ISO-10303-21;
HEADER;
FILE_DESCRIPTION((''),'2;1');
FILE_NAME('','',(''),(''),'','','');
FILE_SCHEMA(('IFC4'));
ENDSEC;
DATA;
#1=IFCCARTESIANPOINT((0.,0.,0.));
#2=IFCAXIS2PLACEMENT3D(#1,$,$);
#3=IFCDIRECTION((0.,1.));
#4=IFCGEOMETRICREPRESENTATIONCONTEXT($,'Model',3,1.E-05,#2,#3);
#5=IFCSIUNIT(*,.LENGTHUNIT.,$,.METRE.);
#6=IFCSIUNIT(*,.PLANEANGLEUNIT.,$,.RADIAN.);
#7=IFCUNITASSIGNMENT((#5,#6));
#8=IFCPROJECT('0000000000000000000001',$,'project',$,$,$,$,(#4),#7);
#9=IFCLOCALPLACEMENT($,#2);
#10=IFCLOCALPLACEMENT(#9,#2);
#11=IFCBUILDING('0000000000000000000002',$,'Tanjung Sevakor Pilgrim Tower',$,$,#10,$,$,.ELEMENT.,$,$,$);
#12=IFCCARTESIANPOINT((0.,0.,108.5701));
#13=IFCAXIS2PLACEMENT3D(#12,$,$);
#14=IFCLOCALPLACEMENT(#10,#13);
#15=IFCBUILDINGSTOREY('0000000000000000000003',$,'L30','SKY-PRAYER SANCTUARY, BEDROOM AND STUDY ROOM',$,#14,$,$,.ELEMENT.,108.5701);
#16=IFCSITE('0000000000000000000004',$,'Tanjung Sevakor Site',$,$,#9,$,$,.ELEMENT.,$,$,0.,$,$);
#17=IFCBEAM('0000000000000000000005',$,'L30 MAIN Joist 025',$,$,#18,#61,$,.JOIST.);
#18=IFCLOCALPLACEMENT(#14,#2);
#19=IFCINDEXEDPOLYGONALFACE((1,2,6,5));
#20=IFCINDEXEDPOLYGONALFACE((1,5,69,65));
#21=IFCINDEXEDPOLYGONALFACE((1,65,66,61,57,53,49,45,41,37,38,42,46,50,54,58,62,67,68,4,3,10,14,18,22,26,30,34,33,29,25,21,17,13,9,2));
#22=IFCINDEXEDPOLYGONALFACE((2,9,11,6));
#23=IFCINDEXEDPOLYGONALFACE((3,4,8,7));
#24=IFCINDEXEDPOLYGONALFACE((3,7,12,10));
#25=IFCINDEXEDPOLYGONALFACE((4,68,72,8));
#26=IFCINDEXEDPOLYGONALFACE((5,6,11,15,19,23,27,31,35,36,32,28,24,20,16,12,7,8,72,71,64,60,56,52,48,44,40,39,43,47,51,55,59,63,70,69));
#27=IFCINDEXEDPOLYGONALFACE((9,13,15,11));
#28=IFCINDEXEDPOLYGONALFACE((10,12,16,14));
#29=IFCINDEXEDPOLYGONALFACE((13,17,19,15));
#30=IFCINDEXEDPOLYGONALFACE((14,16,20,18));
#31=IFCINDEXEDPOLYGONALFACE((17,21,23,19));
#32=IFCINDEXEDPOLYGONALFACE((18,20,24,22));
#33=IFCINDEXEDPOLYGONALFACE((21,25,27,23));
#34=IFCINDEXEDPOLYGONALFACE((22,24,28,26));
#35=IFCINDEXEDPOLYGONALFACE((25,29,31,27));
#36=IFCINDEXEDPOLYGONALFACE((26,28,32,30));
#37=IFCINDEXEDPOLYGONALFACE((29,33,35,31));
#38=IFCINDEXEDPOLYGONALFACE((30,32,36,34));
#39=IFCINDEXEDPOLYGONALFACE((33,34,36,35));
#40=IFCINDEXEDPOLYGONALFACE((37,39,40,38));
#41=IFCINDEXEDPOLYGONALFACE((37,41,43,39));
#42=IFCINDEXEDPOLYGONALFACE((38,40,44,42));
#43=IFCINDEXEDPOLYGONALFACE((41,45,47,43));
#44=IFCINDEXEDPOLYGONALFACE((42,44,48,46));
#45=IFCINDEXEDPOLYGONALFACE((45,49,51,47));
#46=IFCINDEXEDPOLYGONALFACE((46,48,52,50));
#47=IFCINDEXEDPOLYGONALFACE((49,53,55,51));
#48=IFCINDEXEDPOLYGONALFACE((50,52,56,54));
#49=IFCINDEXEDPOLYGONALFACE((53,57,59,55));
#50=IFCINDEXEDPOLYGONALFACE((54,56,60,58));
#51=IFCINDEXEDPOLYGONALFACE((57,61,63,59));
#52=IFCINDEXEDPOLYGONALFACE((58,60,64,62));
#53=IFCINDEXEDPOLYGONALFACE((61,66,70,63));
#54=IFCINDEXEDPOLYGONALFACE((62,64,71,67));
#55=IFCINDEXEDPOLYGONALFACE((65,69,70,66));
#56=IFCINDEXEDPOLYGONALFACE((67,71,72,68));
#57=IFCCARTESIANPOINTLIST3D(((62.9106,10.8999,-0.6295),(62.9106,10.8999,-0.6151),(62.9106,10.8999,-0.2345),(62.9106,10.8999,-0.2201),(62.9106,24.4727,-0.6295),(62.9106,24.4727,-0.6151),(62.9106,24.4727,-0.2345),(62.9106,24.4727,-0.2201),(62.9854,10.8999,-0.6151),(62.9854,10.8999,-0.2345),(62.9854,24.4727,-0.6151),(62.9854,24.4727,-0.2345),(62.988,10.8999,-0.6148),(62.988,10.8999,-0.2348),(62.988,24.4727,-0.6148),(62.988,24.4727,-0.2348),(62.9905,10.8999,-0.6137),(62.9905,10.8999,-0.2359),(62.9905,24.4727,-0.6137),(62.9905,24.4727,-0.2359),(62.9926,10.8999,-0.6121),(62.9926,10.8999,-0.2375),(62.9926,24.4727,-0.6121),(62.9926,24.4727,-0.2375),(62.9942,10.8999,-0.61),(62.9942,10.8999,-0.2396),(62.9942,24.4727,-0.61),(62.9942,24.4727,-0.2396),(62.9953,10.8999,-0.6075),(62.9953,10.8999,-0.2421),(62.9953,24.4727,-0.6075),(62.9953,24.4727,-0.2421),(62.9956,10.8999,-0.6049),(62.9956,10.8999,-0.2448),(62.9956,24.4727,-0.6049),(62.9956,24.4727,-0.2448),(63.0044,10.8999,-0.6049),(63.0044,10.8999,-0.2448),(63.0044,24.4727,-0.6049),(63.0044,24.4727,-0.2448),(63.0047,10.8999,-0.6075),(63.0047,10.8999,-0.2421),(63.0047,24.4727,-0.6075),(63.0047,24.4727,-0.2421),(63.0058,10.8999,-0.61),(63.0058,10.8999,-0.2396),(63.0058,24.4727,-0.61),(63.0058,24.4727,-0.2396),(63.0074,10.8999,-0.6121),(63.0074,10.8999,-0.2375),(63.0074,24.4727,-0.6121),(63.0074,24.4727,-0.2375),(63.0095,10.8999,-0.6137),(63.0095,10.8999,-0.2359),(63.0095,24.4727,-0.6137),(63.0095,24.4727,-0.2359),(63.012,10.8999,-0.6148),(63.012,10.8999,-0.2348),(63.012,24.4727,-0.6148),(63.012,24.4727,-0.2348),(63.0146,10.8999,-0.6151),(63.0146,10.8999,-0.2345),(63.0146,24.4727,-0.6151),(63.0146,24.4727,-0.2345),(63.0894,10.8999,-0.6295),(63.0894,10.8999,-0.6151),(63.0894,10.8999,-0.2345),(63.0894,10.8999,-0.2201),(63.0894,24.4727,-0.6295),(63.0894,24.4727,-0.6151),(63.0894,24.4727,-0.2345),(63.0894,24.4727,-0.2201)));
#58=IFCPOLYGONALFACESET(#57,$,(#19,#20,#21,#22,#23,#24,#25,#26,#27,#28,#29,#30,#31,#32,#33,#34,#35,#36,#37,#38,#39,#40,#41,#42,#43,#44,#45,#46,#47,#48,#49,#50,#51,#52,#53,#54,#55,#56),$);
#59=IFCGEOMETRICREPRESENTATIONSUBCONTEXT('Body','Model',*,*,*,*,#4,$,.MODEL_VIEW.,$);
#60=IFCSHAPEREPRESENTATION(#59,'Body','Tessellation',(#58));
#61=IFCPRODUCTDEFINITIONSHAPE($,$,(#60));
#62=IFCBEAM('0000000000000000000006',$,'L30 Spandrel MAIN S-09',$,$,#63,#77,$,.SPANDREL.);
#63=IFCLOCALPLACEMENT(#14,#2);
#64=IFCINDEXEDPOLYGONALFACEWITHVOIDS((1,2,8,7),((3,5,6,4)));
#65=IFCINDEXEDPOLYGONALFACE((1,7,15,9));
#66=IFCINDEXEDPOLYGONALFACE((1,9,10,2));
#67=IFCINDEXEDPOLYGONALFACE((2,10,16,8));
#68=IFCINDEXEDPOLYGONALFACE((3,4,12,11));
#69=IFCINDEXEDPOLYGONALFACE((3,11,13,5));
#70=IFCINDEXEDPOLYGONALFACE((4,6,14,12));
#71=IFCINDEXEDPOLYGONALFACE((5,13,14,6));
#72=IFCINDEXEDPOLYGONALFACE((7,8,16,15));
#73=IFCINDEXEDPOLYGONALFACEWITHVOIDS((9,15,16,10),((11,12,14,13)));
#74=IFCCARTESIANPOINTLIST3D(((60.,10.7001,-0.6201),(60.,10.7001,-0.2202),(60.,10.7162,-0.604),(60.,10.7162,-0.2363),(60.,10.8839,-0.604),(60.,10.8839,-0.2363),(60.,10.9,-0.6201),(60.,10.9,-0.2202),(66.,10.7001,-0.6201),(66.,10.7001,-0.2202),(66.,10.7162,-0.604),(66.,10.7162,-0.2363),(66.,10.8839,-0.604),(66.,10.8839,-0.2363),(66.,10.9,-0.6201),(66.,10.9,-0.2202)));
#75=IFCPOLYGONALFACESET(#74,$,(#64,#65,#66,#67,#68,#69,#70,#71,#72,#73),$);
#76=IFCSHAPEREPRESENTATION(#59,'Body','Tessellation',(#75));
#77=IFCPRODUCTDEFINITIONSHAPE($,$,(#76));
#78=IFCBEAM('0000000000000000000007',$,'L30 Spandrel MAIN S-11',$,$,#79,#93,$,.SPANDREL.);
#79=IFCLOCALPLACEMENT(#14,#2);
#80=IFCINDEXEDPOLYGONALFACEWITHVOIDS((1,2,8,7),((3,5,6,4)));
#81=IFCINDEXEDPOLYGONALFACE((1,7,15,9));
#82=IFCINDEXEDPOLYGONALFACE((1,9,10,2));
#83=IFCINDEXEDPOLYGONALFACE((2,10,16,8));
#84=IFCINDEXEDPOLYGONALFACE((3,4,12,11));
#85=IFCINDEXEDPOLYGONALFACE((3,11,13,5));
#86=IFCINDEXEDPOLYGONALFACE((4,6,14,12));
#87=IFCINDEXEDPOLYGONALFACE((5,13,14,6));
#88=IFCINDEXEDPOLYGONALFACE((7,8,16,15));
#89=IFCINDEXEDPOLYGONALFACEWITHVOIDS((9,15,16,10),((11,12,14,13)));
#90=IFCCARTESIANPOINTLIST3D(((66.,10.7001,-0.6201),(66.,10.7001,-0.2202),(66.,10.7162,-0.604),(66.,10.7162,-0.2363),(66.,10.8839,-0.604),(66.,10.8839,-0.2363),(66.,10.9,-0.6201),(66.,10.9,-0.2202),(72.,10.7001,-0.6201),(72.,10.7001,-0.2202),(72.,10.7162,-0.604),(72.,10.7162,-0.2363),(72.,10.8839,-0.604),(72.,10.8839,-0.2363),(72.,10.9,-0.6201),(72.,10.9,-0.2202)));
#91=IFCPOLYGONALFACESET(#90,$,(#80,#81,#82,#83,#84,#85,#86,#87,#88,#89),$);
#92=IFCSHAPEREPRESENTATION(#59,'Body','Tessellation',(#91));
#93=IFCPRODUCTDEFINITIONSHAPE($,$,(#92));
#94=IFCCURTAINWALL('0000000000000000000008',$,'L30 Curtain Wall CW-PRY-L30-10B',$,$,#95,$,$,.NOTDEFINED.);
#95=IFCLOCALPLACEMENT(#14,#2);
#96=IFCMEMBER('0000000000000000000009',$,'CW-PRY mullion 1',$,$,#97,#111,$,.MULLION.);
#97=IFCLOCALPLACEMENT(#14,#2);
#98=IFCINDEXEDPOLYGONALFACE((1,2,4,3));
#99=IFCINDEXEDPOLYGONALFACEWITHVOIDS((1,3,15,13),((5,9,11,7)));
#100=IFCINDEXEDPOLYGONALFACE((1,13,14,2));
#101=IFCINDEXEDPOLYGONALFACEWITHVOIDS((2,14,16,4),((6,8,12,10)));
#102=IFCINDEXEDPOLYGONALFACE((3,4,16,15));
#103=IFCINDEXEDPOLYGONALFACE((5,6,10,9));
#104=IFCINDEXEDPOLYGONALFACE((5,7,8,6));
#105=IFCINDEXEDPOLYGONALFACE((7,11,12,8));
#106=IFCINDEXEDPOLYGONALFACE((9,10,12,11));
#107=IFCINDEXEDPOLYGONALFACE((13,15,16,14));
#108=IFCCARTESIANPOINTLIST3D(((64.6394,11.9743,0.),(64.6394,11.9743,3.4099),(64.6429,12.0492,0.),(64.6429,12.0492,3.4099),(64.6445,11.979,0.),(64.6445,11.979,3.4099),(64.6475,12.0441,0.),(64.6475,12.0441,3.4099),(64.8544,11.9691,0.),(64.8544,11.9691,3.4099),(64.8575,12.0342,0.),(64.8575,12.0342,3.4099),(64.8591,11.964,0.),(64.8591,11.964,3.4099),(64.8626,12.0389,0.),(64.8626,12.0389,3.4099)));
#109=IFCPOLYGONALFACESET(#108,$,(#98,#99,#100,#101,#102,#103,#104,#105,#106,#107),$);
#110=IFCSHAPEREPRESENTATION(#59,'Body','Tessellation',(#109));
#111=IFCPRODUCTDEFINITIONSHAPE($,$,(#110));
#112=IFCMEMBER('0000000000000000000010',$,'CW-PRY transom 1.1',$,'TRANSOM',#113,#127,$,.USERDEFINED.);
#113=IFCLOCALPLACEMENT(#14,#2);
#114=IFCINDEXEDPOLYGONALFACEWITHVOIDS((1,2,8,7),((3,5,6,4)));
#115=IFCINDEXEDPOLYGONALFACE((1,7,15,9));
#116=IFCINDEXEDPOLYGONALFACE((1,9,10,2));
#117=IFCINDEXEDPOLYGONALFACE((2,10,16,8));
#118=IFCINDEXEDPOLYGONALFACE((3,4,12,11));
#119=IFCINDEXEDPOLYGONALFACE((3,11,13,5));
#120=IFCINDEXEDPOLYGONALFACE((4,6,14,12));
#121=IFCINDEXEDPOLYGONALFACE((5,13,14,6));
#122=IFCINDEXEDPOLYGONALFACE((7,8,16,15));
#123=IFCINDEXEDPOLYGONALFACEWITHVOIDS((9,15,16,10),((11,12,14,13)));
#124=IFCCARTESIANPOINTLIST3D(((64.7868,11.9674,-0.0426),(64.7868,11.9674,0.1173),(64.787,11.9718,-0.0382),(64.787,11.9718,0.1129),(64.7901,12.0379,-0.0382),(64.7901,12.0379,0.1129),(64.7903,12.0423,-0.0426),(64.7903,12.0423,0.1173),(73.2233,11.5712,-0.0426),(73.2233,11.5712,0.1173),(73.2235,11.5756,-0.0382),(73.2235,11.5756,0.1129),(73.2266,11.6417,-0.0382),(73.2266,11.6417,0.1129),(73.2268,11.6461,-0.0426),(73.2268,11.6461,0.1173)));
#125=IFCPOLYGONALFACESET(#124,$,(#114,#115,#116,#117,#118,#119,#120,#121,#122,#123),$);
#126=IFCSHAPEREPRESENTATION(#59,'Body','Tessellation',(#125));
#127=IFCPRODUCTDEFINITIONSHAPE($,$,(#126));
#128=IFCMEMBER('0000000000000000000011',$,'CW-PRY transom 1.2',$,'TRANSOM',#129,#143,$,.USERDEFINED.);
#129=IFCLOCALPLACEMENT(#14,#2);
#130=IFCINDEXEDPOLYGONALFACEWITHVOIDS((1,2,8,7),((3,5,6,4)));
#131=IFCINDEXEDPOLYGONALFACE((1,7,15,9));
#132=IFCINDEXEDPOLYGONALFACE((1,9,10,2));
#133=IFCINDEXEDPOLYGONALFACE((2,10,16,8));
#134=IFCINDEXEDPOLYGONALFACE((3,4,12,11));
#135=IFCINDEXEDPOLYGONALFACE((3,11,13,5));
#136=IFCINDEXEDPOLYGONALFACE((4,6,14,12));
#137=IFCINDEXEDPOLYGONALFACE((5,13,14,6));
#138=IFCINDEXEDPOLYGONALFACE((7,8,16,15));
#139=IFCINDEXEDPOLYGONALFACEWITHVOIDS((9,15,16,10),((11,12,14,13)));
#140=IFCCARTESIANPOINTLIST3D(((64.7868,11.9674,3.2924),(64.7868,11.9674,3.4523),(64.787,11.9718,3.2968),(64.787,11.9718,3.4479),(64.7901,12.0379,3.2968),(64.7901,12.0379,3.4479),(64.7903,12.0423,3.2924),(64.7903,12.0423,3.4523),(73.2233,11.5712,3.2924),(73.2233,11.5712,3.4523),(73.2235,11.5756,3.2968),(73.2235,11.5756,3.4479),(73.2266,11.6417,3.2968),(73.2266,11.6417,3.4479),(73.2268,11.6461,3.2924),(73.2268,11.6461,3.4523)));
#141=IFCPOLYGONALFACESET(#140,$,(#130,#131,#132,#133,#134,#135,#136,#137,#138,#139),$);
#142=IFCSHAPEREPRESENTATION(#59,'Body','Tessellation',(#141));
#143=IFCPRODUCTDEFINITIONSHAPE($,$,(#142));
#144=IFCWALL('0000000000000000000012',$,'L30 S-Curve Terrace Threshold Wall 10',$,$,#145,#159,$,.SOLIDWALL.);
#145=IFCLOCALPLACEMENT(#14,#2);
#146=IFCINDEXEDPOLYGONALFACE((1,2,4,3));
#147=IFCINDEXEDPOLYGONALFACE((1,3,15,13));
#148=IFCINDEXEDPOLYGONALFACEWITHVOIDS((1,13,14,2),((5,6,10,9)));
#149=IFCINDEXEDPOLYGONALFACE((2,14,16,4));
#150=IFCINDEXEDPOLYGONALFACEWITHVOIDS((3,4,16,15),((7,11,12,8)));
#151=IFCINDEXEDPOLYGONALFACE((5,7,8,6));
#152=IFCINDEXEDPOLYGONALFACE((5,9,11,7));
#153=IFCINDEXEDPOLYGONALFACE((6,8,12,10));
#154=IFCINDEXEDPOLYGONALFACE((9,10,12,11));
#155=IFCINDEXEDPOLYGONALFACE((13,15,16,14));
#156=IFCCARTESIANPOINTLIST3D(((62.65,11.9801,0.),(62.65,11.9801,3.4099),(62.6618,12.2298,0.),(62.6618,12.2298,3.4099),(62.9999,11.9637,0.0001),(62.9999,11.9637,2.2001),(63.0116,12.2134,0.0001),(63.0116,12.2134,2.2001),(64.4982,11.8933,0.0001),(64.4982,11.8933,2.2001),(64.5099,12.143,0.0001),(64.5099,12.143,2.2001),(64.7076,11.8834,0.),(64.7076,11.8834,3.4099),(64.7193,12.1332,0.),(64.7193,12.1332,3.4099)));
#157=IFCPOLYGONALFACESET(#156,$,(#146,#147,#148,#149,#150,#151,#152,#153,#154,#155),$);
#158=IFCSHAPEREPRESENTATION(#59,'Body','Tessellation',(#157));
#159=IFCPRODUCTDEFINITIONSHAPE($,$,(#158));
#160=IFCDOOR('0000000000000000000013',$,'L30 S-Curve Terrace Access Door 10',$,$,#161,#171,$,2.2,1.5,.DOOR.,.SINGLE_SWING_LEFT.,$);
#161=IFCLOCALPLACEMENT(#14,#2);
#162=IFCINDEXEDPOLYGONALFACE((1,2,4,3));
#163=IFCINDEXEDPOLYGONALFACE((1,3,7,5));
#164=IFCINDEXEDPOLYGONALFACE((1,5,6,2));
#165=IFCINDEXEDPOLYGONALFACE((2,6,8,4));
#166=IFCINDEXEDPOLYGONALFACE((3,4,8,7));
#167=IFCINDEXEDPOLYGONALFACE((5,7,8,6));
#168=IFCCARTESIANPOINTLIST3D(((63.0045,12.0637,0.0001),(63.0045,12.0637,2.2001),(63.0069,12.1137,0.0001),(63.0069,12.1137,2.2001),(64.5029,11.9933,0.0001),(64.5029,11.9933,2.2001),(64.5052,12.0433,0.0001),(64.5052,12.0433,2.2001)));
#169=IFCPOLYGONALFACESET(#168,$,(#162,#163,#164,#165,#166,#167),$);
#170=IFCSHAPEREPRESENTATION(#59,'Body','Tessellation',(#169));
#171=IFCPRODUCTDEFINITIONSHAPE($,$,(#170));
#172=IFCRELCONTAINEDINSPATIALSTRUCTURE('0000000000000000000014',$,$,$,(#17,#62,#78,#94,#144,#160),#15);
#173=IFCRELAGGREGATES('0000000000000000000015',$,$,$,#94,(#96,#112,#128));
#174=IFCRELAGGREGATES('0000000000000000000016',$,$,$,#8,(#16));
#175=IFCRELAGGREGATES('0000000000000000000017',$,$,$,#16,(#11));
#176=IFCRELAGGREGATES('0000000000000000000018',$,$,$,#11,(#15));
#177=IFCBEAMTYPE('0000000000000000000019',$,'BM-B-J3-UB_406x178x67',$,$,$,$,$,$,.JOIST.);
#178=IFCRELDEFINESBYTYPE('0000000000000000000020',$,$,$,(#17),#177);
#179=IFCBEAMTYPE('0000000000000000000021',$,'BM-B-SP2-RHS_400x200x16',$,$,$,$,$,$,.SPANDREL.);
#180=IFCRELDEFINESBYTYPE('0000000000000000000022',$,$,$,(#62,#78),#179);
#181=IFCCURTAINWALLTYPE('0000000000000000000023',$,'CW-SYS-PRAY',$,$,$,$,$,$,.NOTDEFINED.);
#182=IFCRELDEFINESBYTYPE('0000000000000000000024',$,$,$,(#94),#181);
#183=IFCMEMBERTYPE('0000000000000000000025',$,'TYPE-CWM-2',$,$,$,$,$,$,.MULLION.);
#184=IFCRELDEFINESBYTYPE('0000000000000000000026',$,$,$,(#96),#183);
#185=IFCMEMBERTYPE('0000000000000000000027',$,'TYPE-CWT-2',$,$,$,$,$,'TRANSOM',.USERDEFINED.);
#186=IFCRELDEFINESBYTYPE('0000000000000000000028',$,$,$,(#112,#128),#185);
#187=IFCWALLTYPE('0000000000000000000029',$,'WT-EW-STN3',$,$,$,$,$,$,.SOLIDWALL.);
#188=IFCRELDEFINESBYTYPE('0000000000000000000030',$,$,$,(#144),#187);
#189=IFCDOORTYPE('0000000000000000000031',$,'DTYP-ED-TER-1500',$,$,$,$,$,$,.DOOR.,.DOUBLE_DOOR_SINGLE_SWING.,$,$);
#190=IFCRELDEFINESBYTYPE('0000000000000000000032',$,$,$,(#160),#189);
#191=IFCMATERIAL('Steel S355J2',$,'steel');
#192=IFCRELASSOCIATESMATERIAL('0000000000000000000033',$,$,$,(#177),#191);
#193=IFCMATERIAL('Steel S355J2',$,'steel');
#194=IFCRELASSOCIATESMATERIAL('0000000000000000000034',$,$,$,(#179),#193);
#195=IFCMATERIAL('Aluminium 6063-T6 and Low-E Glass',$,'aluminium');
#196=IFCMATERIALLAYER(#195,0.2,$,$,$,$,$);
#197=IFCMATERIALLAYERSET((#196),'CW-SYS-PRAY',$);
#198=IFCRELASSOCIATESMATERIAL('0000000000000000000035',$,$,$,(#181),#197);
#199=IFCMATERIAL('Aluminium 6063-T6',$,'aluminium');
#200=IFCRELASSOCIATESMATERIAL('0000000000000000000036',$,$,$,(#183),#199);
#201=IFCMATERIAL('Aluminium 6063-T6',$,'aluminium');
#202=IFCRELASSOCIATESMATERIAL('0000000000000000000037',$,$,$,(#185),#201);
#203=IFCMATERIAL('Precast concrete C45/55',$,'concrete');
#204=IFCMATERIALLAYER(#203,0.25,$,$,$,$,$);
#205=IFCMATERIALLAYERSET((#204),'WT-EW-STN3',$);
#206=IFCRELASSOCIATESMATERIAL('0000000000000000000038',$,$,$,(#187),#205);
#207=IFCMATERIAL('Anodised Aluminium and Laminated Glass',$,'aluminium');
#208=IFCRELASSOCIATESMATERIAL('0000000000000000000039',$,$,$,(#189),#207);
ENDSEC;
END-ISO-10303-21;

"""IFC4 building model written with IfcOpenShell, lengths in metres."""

from ifc_helpers import new_model, si_unit, direction, frame, frame_2d, origin, origin_2d, place, context, subcontext, project, spatial, rectangle, hollow_rectangle, i_section, extrude, material, layer, layer_set, material_profile, profile_set, type_object, element, fill, aggregate, save


model = new_model("IFC4")

# Units and contexts
model_context = context("Model", 3, precision=1e-05, world=origin(), true_north=direction((0.0, 1.0)))
body_context = subcontext(model_context, "Body", "Model", "MODEL_VIEW")
ifc_project = project(units=[si_unit("LENGTHUNIT", "METRE"), si_unit("PLANEANGLEUNIT", "RADIAN")], contexts=[model_context])

# Site, building, storey
site_placement = place(None, origin())
site = spatial("IfcSite", under=ifc_project, at=site_placement, Name="Tanjung Sevakor Site", CompositionType="ELEMENT", RefElevation=0.0)
building_placement = place(site_placement, origin())
building = spatial("IfcBuilding", under=site, at=building_placement, Name="Tanjung Sevakor Pilgrim Tower", CompositionType="ELEMENT")
storey_placement = place(building_placement, frame((0.0, 0.0, 108.5701)))
storey = spatial("IfcBuildingStorey", under=building, at=storey_placement, Name="L30", Description="SKY-PRAYER SANCTUARY, BEDROOM AND STUDY ROOM", CompositionType="ELEMENT", Elevation=108.5701)

# Beams
ifc_material_1 = material(Name="Steel S355J2", Category="steel")
ifc_material_profile_1 = material_profile(ifc_material_1, i_section(OverallWidth=0.1787, OverallDepth=0.4094, WebThickness=0.0088, FlangeThickness=0.0144, FilletRadius=0.0103, at=origin_2d()))
ifc_profile_set_1 = profile_set([ifc_material_profile_1], Name="Steel S355J2")
beam_type_1 = type_object("IfcBeamType", Name="BM-B-J3-UB_406x178x67", PredefinedType="JOIST", material=ifc_profile_set_1)
for number, where, z_axis, x_axis, name in (
    (1, (63.0, 10.8999, -0.4248), (0.0, 1.0, 0.0), (-1.0, 0.0, 0.0), "L30 MAIN Joist 025"),
):
    element("IfcBeam", number, at=place(storey_placement, frame(where, z_axis=z_axis, x_axis=x_axis)), inside=storey, type_object=beam_type_1, Name=name, PredefinedType="JOIST", context=body_context, shape_type="SweptSolid", body=[
        extrude(i_section(OverallWidth=0.1787, OverallDepth=0.4094, WebThickness=0.0088, FlangeThickness=0.0144, FilletRadius=0.0103, at=origin_2d()), origin(), (0.0, 0.0, 1.0), 13.5728),
    ])
ifc_material_2 = material(Name="Steel S355J2", Category="steel")
ifc_material_profile_2 = material_profile(ifc_material_2, hollow_rectangle(XDim=0.2, YDim=0.3999, WallThickness=0.0161, at=origin_2d()))
ifc_profile_set_2 = profile_set([ifc_material_profile_2], Name="Steel S355J2")
beam_type_2 = type_object("IfcBeamType", Name="BM-B-SP2-RHS_400x200x16", PredefinedType="SPANDREL", material=ifc_profile_set_2)
for number, where, z_axis, x_axis, name in (
    (2, (60.0, 10.8, -0.4202), (1.0, 0.0, 0.0), (0.0, 1.0, 0.0), "L30 Spandrel MAIN S-09"),
    (3, (66.0, 10.8, -0.4202), (1.0, 0.0, 0.0), (0.0, 1.0, 0.0), "L30 Spandrel MAIN S-11"),
):
    element("IfcBeam", number, at=place(storey_placement, frame(where, z_axis=z_axis, x_axis=x_axis)), inside=storey, type_object=beam_type_2, Name=name, PredefinedType="SPANDREL", context=body_context, shape_type="SweptSolid", body=[
        extrude(hollow_rectangle(XDim=0.2, YDim=0.3999, WallThickness=0.0161, at=origin_2d()), origin(), (0.0, 0.0, 1.0), 6.0),
    ])

# Curtain wall, members
ifc_material_3 = material(Name="Aluminium 6063-T6 and Low-E Glass", Category="aluminium")
ifc_layer_1 = layer(ifc_material_3, 0.2)
ifc_layer_set_1 = layer_set([ifc_layer_1], Name="CW-SYS-PRAY")
curtain_wall_type = type_object("IfcCurtainWallType", Name="CW-SYS-PRAY", PredefinedType="NOTDEFINED", material=ifc_layer_set_1)
curtain_wall_placement = place(storey_placement, origin())
curtain_wall = element("IfcCurtainWall", 4, at=curtain_wall_placement, inside=storey, type_object=curtain_wall_type, Name="L30 Curtain Wall CW-PRY-L30-10B", PredefinedType="NOTDEFINED")
ifc_material_4 = material(Name="Aluminium 6063-T6", Category="aluminium")
ifc_material_profile_3 = material_profile(ifc_material_4, hollow_rectangle(XDim=0.075, YDim=0.22, WallThickness=0.0049, at=origin_2d()))
ifc_profile_set_3 = profile_set([ifc_material_profile_3], Name="Aluminium 6063-T6")
member_type_1 = type_object("IfcMemberType", Name="TYPE-CWM-2", PredefinedType="MULLION", material=ifc_profile_set_3)
member_1_placement = place(storey_placement, frame((64.751, 12.0066, 0.0), z_axis=(0.0, 0.0, 1.0), x_axis=(0.046906, 0.998899, 0.0)))
member_1 = element("IfcMember", 5, at=member_1_placement, type_object=member_type_1, Name="CW-PRY mullion 1", PredefinedType="MULLION", context=body_context, shape_type="SweptSolid", body=[
    extrude(hollow_rectangle(XDim=0.075, YDim=0.22, WallThickness=0.0049, at=origin_2d()), origin(), (0.0, 0.0, 1.0), 3.4099),
])
ifc_material_5 = material(Name="Aluminium 6063-T6", Category="aluminium")
ifc_material_profile_4 = material_profile(ifc_material_5, hollow_rectangle(XDim=0.075, YDim=0.1599, WallThickness=0.0044, at=origin_2d()))
ifc_profile_set_4 = profile_set([ifc_material_profile_4], Name="Aluminium 6063-T6")
member_type_2 = type_object("IfcMemberType", Name="TYPE-CWT-2", ElementType="TRANSOM", PredefinedType="USERDEFINED", material=ifc_profile_set_4)
member_2_placement = place(storey_placement, frame((64.7886, 12.0049, 0.0374), z_axis=(0.998899, -0.046916, 0.0), x_axis=(0.046916, 0.998899, 0.0)))
member_2 = element("IfcMember", 6, at=member_2_placement, type_object=member_type_2, Name="CW-PRY transom 1.1", ObjectType="TRANSOM", PredefinedType="USERDEFINED", context=body_context, shape_type="SweptSolid", body=[
    extrude(hollow_rectangle(XDim=0.075, YDim=0.1599, WallThickness=0.0044, at=origin_2d()), origin(), (0.0, 0.0, 1.0), 8.4458),
])
member_3_placement = place(storey_placement, frame((64.7886, 12.0049, 3.3723), z_axis=(0.998899, -0.046916, 0.0), x_axis=(0.046916, 0.998899, 0.0)))
member_3 = element("IfcMember", 7, at=member_3_placement, type_object=member_type_2, Name="CW-PRY transom 1.2", ObjectType="TRANSOM", PredefinedType="USERDEFINED", context=body_context, shape_type="SweptSolid", body=[
    extrude(hollow_rectangle(XDim=0.075, YDim=0.1599, WallThickness=0.0044, at=origin_2d()), origin(), (0.0, 0.0, 1.0), 8.4458),
])
aggregate(curtain_wall, [member_1, member_2, member_3])

# Wall, opening, door
ifc_material_6 = material(Name="Precast concrete C45/55", Category="concrete")
ifc_layer_2 = layer(ifc_material_6, 0.25)
ifc_layer_set_2 = layer_set([ifc_layer_2], Name="WT-EW-STN3")
wall_type_1 = type_object("IfcWallType", Name="WT-EW-STN3", PredefinedType="SOLIDWALL", material=ifc_layer_set_2)
wall_1_placement = place(storey_placement, frame((62.656, 12.105, 0.0), z_axis=(0.0, 0.0, 1.0), x_axis=(0.998898, -0.046934, 0.0)))
wall_1 = element("IfcWall", 8, at=wall_1_placement, inside=storey, type_object=wall_type_1, Name="L30 S-Curve Terrace Threshold Wall 10", PredefinedType="SOLIDWALL", context=body_context, shape_type="SweptSolid", body=[
    extrude(rectangle(XDim=2.0598, YDim=0.25, at=frame_2d((1.0298, 0.0))), origin(), (0.0, 0.0, 1.0), 3.4099),
])
opening_placement = place(wall_1_placement, frame((0.3501, 0.0, 0.0)))
opening = element("IfcOpeningElement", 9, at=opening_placement, cuts=wall_1, PredefinedType="OPENING", context=body_context, shape_type="SweptSolid", body=[
    extrude(rectangle(XDim=1.5, YDim=2.2, at=frame_2d((0.75, 1.1001))), frame((0.0, 0.135, 0.0), z_axis=(0.0, -1.0, 0.0), x_axis=(1.0, 0.0, 0.0)), (0.0, 0.0, 1.0), 0.27),
])
ifc_material_7 = material(Name="Anodised Aluminium and Laminated Glass", Category="aluminium")
door_type = type_object("IfcDoorType", Name="DTYP-ED-TER-1500", OperationType="DOUBLE_DOOR_SINGLE_SWING", PredefinedType="DOOR", material=ifc_material_7)
door_placement = place(opening_placement, frame((1.5, 0.0, 0.0), z_axis=(0.0, 0.0, 1.0), x_axis=(-1.0, 0.0, 0.0)))
door = element("IfcDoor", 10, at=door_placement, inside=storey, type_object=door_type, Name="L30 S-Curve Terrace Access Door 10", OperationType="SINGLE_SWING_LEFT", OverallHeight=2.2, OverallWidth=1.5, PredefinedType="DOOR", context=body_context, shape_type="SweptSolid", body=[
    extrude(rectangle(XDim=1.5, YDim=2.2, at=frame_2d((0.75, 1.1001))), frame((0.0, 0.0249, 0.0), z_axis=(0.0, -1.0, 0.0), x_axis=(1.0, 0.0, 0.0)), (0.0, 0.0, 1.0), 0.05),
])
fill(opening, door)

save(model, "model.ifc")
